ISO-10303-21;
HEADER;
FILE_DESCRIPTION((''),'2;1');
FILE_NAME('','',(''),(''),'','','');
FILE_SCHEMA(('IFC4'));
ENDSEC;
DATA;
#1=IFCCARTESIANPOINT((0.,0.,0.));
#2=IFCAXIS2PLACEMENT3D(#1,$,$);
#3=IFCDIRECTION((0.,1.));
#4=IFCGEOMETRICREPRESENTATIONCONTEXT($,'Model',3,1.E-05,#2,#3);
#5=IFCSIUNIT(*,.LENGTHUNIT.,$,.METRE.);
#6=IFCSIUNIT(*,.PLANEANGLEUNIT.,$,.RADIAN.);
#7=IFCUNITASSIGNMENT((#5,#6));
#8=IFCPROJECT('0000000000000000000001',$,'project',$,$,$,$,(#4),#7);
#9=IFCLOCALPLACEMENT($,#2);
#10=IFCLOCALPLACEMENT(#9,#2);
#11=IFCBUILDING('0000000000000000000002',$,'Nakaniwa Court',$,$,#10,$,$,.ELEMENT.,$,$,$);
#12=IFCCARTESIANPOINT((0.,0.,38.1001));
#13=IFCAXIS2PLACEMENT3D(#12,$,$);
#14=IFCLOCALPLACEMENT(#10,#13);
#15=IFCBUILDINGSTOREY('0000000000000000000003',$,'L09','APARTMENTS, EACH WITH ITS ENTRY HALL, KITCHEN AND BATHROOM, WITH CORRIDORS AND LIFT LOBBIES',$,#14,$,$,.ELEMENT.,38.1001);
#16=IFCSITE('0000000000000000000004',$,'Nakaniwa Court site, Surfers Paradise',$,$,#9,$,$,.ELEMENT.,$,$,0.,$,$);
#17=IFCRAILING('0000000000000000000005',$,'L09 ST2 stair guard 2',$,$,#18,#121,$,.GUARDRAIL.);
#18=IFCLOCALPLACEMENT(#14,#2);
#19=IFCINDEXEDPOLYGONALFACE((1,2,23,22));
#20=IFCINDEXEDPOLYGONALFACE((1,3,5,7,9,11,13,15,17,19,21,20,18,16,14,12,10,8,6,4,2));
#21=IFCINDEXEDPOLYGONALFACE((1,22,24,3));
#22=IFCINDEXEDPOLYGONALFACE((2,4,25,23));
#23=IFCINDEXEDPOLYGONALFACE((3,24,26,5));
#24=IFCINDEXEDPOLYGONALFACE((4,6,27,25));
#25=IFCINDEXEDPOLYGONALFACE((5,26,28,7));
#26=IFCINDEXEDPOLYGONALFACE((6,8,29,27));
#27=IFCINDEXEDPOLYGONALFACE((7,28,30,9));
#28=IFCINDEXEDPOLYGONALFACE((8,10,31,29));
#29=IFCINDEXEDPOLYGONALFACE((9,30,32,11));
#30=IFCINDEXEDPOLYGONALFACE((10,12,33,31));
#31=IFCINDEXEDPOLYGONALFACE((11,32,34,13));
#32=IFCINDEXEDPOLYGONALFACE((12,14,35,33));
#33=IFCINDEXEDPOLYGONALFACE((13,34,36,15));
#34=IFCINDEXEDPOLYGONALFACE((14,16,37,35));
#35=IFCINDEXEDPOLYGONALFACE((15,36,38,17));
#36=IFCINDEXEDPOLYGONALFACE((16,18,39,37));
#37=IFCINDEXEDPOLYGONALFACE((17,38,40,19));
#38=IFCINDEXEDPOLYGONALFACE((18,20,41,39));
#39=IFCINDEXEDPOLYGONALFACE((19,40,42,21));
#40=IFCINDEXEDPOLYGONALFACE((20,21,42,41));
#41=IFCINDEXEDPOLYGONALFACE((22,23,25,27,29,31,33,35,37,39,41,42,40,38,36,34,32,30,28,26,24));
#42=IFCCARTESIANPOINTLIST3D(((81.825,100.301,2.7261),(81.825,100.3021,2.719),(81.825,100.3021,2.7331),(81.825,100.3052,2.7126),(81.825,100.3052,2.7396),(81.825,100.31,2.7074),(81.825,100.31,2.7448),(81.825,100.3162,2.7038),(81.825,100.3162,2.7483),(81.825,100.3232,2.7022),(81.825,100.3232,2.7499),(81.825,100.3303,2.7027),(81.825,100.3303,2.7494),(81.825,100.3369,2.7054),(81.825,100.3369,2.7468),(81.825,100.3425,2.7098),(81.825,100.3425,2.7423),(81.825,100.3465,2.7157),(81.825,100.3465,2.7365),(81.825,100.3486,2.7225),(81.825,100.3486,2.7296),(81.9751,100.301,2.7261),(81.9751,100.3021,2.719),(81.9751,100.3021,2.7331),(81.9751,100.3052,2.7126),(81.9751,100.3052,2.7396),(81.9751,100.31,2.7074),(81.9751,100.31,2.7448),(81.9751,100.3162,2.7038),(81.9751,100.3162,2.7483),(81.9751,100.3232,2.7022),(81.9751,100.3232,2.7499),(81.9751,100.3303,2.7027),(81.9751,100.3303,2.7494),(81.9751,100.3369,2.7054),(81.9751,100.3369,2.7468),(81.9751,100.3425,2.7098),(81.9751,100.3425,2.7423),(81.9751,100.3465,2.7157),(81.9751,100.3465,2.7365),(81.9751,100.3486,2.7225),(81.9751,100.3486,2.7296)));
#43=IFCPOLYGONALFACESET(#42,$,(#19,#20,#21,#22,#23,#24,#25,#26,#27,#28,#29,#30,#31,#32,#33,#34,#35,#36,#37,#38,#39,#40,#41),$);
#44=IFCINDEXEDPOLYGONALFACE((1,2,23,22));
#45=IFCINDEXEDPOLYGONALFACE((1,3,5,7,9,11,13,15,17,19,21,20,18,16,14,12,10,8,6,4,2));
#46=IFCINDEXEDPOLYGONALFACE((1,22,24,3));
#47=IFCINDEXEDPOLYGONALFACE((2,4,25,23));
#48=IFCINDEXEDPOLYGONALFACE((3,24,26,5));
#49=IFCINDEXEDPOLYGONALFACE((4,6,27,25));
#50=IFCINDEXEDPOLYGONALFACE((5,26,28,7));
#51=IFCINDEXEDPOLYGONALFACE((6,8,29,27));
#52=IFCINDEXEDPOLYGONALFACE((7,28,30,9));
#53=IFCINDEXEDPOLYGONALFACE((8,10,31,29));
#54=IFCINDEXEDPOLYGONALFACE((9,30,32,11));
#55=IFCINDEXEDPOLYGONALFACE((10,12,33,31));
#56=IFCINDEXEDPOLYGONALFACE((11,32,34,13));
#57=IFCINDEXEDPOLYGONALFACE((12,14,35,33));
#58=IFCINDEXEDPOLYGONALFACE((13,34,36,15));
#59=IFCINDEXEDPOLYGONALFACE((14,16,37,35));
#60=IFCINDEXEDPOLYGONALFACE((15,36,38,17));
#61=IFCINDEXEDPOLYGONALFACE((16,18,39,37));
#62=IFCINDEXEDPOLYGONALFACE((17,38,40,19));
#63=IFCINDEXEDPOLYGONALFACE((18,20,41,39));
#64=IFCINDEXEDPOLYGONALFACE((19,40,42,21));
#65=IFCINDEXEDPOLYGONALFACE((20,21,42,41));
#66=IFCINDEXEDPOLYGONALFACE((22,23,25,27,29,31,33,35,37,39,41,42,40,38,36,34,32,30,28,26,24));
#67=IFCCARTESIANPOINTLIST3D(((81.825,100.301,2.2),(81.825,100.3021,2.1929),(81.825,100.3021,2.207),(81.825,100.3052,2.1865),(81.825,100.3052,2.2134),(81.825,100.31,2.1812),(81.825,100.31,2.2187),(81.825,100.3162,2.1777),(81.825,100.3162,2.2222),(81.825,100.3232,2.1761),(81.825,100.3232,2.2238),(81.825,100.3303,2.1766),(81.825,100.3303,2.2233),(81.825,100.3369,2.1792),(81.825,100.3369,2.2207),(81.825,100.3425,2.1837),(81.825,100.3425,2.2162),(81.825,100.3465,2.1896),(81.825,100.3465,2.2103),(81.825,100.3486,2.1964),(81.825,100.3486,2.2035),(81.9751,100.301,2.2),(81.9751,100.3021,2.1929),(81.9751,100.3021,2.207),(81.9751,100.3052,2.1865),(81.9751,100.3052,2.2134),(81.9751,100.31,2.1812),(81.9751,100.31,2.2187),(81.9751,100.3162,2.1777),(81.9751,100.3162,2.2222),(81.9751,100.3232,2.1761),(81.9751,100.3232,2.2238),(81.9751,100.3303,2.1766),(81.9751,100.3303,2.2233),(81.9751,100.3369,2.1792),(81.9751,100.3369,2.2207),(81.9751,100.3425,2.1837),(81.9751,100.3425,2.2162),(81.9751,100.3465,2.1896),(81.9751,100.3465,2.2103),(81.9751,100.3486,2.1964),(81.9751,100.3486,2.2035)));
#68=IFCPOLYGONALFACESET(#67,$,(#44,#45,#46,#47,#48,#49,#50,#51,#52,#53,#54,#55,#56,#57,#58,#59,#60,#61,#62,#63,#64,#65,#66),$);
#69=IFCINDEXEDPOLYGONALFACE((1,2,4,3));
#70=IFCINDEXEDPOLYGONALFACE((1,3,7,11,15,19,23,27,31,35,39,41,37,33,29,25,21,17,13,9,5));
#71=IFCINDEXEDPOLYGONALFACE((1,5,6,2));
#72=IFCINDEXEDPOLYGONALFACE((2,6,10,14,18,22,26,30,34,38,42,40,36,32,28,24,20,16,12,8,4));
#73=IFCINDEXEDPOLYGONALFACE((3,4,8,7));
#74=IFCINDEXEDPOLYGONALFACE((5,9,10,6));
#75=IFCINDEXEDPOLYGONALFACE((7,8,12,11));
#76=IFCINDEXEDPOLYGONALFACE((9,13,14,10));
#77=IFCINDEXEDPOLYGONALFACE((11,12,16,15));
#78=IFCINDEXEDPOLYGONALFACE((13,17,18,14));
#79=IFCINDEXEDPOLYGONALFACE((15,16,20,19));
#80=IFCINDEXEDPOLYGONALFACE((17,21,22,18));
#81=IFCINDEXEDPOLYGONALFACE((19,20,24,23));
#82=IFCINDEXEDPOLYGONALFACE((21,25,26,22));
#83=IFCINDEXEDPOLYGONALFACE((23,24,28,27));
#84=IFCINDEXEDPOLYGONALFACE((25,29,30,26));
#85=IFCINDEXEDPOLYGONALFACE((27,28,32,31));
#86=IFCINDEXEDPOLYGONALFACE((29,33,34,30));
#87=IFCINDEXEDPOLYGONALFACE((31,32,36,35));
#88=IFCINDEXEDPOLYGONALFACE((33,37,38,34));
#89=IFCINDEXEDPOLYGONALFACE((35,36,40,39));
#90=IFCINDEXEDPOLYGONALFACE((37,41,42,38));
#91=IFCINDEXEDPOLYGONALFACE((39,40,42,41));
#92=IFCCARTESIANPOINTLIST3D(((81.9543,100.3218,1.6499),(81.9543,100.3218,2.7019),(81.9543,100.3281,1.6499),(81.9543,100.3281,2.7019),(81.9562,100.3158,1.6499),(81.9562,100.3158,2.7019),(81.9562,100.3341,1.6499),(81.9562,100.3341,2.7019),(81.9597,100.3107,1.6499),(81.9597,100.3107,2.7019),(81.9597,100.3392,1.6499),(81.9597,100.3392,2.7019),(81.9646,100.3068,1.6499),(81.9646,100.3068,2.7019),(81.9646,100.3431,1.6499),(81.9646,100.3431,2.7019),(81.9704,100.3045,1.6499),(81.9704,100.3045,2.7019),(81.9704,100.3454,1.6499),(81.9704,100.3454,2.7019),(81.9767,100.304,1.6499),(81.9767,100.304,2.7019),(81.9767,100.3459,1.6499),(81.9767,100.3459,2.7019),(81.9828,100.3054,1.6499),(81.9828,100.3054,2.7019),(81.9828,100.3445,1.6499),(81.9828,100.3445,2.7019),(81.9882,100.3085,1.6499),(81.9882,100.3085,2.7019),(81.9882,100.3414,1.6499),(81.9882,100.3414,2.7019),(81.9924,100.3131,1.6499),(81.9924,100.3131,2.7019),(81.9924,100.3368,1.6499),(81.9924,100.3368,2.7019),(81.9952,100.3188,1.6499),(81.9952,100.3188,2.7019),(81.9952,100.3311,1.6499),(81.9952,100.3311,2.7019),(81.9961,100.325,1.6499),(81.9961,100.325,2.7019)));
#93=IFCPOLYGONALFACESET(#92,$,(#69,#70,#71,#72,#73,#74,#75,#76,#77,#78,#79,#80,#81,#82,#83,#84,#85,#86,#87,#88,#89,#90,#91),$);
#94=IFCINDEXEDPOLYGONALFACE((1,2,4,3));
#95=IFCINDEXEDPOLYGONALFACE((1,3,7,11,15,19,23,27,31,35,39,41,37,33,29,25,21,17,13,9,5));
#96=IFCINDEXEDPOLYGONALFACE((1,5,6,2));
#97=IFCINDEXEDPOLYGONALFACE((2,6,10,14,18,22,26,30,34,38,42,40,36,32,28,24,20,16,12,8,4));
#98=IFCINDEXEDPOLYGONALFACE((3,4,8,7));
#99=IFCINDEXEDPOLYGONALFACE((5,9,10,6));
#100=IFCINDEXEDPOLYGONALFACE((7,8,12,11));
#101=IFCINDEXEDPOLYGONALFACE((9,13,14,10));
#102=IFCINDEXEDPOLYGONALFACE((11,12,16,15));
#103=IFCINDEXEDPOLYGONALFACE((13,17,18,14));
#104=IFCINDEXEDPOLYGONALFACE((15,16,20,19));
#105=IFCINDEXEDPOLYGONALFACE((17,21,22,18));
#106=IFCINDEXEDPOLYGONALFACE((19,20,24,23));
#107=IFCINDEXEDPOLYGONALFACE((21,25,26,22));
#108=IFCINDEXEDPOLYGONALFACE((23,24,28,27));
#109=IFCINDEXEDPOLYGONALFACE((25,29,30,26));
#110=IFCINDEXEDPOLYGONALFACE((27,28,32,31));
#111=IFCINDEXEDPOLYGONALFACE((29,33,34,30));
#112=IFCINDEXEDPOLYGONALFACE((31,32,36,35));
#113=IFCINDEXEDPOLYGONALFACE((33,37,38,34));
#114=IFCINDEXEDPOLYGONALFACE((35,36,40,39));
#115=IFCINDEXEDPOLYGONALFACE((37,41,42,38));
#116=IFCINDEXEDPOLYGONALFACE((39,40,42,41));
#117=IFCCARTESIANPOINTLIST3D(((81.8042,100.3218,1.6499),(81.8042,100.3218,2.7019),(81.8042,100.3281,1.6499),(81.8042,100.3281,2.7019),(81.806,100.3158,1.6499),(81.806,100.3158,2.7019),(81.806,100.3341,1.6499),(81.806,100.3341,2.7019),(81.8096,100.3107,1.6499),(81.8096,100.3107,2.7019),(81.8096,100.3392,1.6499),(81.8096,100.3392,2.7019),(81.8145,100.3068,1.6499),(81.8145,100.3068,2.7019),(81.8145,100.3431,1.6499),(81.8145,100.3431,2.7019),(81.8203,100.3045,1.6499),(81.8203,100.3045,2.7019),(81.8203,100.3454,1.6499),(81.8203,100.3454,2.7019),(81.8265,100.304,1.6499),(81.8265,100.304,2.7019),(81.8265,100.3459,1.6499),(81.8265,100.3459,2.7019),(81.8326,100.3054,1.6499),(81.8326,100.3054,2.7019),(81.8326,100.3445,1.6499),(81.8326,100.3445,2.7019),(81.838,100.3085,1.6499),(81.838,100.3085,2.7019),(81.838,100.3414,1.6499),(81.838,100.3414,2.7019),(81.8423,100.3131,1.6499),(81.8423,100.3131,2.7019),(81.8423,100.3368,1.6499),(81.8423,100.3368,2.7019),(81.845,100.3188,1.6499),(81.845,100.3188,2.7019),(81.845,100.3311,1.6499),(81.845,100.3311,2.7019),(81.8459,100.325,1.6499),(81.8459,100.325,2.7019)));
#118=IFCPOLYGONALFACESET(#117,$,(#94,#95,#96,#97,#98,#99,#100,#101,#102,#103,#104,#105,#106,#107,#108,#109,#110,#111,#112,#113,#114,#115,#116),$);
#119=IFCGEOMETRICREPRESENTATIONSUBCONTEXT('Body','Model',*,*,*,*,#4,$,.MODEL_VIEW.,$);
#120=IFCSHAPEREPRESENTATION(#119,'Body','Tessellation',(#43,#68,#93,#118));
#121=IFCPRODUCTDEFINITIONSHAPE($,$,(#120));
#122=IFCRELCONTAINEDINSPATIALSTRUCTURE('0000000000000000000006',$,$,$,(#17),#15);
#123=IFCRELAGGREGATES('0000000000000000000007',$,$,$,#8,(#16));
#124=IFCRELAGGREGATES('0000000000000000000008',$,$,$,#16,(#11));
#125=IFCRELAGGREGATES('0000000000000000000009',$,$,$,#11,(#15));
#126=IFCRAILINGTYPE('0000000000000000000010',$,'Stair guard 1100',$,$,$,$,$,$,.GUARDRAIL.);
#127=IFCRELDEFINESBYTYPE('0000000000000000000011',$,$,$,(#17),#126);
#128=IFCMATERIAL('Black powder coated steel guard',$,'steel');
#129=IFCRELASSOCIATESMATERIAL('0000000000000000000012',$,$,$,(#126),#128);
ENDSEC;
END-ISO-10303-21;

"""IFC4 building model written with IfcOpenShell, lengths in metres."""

from ifc_helpers import new_model, si_unit, direction, frame, origin, origin_2d, place, context, subcontext, project, spatial, circle, extrude, material, type_object, element, save


model = new_model("IFC4")

# Units and contexts
model_context = context("Model", 3, precision=1e-05, world=origin(), true_north=direction((0.0, 1.0)))
body_context = subcontext(model_context, "Body", "Model", "MODEL_VIEW")
ifc_project = project(units=[si_unit("LENGTHUNIT", "METRE"), si_unit("PLANEANGLEUNIT", "RADIAN")], contexts=[model_context])

# Site, building, storey
site_placement = place(None, origin())
site = spatial("IfcSite", under=ifc_project, at=site_placement, Name="Nakaniwa Court site, Surfers Paradise", CompositionType="ELEMENT", RefElevation=0.0)
building_placement = place(site_placement, origin())
building = spatial("IfcBuilding", under=site, at=building_placement, Name="Nakaniwa Court", CompositionType="ELEMENT")
storey_placement = place(building_placement, frame((0.0, 0.0, 38.1001)))
storey = spatial("IfcBuildingStorey", under=building, at=storey_placement, Name="L09", Description="APARTMENTS, EACH WITH ITS ENTRY HALL, KITCHEN AND BATHROOM, WITH CORRIDORS AND LIFT LOBBIES", CompositionType="ELEMENT", Elevation=38.1001)

# Railing
ifc_material_1 = material(Name="Black powder coated steel guard", Category="steel")
railing_type_1 = type_object("IfcRailingType", Name="Stair guard 1100", PredefinedType="GUARDRAIL", material=ifc_material_1)
railing_1_placement = place(storey_placement, frame((81.9751, 100.325, 1.6499)))
element("IfcRailing", 1, at=railing_1_placement, inside=storey, type_object=railing_type_1, Name="L09 ST2 stair guard 2", PredefinedType="GUARDRAIL", context=body_context, shape_type="SweptSolid", body=[
    extrude(circle(Radius=0.0239, at=origin_2d()), frame((0.0, 0.0, 1.0762), z_axis=(-1.0, 0.0, 0.0), x_axis=(0.0, -1.0, 0.0)), (0.0, 0.0, 1.0), 0.1501),
    extrude(circle(Radius=0.0239, at=origin_2d()), frame((0.0, 0.0, 0.55), z_axis=(-1.0, 0.0, 0.0), x_axis=(0.0, -1.0, 0.0)), (0.0, 0.0, 1.0), 0.1501),
    extrude(circle(Radius=0.021, at=origin_2d()), origin(), (0.0, 0.0, 1.0), 1.052),
    extrude(circle(Radius=0.021, at=origin_2d()), frame((-0.1501, 0.0, 0.0)), (0.0, 0.0, 1.0), 1.052),
])

save(model, "model.ifc")
